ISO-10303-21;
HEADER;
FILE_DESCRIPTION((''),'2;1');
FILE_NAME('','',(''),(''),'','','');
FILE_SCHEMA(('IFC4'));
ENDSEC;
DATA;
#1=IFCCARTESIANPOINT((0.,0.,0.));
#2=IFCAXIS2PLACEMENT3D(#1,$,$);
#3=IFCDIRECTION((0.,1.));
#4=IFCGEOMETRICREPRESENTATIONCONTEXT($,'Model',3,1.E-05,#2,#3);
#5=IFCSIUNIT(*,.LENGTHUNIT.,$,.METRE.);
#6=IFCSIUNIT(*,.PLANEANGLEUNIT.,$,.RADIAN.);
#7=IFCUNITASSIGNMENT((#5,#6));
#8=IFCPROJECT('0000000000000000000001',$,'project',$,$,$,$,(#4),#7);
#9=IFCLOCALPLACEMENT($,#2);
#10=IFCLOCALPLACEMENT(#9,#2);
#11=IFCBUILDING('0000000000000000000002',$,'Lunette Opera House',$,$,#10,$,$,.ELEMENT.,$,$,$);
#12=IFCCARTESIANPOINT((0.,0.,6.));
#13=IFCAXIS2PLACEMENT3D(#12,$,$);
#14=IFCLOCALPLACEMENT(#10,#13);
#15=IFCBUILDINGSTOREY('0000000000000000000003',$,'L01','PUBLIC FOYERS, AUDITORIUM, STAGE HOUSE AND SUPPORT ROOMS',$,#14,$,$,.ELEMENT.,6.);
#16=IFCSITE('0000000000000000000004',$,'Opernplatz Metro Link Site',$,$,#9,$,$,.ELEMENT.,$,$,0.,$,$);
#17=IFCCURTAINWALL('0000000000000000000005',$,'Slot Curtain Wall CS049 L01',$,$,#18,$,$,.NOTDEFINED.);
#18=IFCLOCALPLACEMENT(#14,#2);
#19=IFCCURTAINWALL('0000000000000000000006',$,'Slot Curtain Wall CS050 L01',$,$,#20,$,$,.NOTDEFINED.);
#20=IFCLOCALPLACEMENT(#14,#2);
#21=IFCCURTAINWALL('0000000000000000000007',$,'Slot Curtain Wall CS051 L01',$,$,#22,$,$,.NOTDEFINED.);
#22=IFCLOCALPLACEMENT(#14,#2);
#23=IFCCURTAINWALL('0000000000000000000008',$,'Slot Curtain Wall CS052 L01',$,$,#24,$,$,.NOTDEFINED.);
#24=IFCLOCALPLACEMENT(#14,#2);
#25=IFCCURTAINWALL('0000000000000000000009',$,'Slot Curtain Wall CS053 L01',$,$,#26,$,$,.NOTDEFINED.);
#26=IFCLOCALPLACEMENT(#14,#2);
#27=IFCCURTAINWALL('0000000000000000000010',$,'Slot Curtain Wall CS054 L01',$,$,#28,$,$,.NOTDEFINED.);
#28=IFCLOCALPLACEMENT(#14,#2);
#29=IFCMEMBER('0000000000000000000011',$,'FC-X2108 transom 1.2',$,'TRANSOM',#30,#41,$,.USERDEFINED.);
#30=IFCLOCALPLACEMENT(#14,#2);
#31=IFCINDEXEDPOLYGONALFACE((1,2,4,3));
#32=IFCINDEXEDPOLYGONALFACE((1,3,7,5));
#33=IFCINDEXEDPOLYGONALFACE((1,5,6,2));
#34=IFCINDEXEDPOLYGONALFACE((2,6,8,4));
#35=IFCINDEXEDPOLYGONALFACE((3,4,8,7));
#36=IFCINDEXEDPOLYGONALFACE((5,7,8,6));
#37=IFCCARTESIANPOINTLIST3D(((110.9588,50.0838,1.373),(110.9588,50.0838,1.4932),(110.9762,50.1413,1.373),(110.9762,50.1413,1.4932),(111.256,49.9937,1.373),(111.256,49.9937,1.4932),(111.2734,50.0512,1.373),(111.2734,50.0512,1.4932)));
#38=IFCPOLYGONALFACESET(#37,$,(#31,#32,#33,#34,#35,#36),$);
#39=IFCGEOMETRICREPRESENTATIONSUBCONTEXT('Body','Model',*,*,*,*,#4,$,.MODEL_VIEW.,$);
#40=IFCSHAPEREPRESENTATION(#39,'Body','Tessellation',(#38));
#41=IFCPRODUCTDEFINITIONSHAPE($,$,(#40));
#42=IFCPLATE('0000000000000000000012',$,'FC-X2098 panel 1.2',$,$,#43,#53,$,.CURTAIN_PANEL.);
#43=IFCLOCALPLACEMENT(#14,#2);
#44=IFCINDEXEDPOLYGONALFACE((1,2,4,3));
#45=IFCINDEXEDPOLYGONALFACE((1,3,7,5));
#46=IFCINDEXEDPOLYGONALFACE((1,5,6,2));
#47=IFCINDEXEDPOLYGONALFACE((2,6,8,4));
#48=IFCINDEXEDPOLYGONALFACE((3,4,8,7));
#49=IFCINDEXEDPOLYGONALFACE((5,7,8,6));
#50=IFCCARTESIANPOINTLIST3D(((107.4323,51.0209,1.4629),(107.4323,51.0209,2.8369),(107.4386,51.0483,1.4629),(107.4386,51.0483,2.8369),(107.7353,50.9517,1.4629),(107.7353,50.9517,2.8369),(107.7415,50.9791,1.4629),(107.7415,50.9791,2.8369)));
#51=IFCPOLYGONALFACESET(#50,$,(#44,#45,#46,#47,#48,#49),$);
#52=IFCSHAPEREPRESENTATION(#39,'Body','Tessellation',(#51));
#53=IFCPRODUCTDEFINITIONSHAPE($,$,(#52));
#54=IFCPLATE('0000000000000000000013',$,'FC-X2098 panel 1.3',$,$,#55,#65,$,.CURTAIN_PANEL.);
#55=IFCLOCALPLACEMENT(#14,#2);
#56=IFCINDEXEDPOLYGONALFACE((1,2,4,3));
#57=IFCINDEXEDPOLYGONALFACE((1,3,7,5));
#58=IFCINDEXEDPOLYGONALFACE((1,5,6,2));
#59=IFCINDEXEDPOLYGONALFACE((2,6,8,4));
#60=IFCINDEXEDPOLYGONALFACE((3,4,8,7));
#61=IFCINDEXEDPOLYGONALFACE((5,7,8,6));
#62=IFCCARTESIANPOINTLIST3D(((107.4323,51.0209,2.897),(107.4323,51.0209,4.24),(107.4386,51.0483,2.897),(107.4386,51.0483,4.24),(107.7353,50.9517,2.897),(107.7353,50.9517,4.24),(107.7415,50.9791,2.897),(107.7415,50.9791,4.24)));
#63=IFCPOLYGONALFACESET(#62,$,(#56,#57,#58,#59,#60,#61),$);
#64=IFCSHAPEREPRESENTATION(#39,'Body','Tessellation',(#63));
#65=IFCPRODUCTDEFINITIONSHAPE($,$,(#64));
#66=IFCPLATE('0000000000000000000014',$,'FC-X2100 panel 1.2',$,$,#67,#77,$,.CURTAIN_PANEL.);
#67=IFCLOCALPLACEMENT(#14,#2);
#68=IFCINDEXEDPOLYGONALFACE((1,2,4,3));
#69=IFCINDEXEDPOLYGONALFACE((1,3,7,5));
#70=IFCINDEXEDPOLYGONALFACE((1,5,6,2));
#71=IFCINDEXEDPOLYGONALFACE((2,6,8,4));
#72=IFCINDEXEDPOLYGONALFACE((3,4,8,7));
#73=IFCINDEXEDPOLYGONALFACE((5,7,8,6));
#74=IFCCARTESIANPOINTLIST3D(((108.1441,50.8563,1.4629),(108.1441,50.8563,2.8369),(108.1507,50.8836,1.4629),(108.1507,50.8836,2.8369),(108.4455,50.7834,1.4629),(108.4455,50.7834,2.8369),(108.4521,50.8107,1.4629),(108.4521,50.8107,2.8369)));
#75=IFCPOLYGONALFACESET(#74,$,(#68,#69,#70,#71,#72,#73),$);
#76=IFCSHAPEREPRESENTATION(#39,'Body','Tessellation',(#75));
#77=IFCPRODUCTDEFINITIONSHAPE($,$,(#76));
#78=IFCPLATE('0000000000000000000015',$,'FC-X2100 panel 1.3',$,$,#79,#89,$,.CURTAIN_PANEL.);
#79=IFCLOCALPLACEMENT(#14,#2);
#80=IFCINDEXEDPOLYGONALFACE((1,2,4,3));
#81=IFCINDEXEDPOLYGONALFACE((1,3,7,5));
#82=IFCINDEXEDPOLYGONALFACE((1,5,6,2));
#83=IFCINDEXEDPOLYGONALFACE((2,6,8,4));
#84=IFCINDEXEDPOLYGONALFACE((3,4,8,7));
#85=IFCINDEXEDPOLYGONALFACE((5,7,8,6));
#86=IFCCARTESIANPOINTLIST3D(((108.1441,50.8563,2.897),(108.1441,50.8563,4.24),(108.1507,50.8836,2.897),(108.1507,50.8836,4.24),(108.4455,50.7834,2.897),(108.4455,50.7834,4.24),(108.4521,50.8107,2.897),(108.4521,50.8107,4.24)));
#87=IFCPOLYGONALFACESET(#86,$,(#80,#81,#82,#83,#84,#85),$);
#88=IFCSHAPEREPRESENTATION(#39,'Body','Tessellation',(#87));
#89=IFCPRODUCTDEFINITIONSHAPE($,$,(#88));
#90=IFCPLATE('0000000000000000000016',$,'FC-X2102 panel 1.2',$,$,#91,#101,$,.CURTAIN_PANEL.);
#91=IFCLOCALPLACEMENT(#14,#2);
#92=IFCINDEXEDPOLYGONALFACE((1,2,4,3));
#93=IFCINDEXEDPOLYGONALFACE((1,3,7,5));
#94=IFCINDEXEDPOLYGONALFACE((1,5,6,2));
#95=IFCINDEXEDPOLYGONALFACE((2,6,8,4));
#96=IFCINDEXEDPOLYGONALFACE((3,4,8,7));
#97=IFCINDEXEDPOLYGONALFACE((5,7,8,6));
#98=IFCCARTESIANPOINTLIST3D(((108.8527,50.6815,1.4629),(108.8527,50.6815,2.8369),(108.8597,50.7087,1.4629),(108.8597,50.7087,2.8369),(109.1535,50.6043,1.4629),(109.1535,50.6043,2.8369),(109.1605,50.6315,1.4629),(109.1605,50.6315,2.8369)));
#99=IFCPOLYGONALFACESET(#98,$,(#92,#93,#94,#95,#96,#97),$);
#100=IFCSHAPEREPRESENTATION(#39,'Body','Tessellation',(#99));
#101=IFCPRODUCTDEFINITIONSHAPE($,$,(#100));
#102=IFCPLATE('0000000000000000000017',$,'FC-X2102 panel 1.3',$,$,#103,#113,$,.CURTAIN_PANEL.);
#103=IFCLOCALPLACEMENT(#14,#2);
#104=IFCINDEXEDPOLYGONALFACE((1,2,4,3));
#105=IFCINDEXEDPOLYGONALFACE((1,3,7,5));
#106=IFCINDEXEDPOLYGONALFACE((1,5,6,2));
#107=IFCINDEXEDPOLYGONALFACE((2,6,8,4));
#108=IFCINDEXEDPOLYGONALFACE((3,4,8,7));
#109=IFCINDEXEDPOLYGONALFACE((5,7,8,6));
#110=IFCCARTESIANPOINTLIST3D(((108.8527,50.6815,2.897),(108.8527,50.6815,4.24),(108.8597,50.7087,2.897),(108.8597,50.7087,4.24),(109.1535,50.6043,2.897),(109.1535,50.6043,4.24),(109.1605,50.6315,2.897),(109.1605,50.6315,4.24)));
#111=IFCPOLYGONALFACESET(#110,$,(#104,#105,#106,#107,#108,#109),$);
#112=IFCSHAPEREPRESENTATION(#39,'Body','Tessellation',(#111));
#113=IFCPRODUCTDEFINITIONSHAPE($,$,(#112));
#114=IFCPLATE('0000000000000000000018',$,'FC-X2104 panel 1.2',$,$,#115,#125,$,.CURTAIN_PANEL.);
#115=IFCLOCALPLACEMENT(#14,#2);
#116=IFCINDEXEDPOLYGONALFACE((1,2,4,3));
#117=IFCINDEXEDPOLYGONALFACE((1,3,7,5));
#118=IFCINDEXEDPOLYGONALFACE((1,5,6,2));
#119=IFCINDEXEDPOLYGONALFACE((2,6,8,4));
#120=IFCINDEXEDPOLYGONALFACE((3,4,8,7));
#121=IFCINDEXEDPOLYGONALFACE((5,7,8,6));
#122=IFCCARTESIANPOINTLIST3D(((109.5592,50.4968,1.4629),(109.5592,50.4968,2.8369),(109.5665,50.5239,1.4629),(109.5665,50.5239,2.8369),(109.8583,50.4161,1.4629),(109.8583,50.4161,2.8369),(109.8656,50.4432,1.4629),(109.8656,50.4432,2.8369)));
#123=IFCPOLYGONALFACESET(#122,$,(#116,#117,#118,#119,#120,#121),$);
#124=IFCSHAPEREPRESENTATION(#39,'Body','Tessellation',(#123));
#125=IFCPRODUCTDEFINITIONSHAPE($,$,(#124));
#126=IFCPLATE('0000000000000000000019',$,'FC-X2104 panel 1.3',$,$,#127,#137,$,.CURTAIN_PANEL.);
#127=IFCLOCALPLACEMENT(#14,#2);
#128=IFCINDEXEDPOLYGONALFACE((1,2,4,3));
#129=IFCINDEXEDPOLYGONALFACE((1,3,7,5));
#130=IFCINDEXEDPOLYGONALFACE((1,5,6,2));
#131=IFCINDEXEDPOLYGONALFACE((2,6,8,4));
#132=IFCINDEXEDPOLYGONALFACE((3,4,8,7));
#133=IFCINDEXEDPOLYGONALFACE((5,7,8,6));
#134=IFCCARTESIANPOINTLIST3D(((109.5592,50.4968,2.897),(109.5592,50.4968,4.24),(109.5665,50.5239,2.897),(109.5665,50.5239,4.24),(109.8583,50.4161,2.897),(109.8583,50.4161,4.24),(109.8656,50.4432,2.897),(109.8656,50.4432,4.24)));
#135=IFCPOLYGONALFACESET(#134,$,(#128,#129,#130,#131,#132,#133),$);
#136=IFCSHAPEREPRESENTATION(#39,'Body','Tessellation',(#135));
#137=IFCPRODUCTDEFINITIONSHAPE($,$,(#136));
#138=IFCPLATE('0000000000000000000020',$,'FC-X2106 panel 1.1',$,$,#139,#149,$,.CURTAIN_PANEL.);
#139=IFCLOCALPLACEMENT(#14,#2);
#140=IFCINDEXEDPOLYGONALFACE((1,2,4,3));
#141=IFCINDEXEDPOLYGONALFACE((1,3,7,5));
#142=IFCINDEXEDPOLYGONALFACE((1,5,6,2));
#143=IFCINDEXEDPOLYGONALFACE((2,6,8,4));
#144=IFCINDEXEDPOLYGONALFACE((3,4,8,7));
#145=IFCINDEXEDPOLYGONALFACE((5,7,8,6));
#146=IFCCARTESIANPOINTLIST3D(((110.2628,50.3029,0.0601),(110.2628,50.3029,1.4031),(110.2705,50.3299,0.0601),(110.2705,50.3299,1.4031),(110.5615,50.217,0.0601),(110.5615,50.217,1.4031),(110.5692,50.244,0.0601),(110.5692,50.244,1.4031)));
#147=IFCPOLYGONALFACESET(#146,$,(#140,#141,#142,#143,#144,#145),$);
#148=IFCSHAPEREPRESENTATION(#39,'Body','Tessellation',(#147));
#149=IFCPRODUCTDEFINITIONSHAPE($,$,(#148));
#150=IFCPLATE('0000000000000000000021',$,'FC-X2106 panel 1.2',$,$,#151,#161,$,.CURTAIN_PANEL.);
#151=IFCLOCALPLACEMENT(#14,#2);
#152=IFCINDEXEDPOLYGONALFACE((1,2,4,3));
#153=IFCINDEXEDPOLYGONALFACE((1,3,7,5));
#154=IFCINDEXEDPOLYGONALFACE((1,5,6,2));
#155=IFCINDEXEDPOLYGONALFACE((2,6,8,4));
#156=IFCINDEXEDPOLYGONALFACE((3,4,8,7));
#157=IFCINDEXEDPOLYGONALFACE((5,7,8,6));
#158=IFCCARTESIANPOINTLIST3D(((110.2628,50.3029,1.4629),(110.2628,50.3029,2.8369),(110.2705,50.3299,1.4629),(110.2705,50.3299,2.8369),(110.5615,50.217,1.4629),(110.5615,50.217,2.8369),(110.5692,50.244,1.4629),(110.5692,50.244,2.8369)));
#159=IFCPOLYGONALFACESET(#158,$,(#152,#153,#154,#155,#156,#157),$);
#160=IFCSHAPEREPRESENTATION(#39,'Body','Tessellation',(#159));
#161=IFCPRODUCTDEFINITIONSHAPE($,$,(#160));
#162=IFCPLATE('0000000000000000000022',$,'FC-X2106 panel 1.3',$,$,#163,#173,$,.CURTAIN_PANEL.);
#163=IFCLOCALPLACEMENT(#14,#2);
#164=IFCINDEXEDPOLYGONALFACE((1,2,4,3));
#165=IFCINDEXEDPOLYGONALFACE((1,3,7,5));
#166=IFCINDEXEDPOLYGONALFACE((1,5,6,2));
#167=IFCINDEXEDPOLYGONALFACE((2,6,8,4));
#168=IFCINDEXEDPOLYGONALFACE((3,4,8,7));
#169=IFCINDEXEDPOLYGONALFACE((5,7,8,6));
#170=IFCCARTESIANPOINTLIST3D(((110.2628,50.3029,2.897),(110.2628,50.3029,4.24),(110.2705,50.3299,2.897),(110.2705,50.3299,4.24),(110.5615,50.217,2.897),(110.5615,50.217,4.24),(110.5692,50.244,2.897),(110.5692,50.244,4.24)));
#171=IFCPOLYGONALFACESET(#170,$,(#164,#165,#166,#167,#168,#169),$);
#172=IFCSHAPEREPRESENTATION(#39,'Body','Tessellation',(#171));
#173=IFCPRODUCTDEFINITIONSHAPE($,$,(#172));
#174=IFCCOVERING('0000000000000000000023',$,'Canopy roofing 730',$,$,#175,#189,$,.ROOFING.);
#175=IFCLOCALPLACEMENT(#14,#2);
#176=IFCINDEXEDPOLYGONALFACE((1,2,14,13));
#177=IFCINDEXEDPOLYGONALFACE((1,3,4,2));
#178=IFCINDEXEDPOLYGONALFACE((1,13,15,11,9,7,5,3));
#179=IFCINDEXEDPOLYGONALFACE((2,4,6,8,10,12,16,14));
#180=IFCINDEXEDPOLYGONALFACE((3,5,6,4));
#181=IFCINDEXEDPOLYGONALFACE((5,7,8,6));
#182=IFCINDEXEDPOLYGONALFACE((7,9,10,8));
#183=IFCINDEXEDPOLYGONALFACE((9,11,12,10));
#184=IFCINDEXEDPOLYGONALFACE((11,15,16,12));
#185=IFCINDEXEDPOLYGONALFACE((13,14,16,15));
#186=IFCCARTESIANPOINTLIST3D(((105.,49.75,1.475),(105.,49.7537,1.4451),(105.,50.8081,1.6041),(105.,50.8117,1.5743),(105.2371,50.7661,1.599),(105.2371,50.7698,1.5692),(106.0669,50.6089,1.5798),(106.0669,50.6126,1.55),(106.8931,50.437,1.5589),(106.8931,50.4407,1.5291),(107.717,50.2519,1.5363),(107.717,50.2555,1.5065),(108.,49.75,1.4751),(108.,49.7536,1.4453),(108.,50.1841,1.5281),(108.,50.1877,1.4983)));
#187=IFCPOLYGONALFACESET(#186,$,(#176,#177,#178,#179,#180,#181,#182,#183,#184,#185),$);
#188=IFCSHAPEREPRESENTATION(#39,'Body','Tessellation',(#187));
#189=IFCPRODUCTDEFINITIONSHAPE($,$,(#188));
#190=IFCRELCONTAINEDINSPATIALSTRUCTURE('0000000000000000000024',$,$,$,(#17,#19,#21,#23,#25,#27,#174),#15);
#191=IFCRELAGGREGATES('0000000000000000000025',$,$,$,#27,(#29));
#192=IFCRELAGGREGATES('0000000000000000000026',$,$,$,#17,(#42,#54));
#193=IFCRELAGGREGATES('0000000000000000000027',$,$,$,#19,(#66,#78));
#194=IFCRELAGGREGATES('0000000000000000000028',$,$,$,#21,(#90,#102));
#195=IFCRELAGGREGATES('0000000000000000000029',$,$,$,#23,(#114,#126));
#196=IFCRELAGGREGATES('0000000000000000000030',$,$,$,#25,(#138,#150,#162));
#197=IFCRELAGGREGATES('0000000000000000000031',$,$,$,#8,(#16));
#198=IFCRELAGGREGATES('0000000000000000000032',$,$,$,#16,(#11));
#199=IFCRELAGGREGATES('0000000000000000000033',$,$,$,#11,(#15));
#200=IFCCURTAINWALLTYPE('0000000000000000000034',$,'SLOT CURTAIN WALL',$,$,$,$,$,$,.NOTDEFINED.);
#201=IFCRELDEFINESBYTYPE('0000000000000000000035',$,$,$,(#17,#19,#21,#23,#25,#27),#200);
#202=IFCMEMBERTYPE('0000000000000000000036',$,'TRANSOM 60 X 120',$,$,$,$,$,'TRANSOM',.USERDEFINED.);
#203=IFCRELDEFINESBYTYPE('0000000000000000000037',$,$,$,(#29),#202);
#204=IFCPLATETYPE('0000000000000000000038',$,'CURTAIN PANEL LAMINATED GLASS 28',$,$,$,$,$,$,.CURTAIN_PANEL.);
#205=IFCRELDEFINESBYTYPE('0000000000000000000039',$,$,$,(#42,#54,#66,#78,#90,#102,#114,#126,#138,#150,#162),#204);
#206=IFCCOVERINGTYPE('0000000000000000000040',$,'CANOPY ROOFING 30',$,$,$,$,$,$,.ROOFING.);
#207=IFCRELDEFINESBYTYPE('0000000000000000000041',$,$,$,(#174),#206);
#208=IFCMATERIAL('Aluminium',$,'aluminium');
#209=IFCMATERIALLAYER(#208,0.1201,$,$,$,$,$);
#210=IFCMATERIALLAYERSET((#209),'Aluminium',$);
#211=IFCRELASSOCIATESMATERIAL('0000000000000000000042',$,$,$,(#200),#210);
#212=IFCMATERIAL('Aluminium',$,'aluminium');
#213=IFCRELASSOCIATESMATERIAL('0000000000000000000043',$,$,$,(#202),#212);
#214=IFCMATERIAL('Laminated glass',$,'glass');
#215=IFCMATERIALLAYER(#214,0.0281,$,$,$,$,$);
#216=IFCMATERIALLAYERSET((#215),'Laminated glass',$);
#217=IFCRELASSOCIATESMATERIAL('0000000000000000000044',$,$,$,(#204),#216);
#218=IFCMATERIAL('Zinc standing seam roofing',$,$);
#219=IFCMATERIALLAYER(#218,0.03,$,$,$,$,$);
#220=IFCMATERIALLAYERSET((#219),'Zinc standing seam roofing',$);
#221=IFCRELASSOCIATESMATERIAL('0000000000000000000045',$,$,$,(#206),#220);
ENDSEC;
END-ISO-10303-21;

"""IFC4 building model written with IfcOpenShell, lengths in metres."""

from ifc_helpers import new_model, si_unit, direction, frame, origin, origin_2d, place, context, subcontext, project, spatial, polyline, rectangle, outline, extrude, material, layer, layer_set, material_profile, profile_set, type_object, element, aggregate, save


model = new_model("IFC4")

# Units and contexts
model_context = context("Model", 3, precision=1e-05, world=origin(), true_north=direction((0.0, 1.0)))
body_context = subcontext(model_context, "Body", "Model", "MODEL_VIEW")
ifc_project = project(units=[si_unit("LENGTHUNIT", "METRE"), si_unit("PLANEANGLEUNIT", "RADIAN")], contexts=[model_context])

# Site, building, storey
site_placement = place(None, origin())
site = spatial("IfcSite", under=ifc_project, at=site_placement, Name="Opernplatz Metro Link Site", CompositionType="ELEMENT", RefElevation=0.0)
building_placement = place(site_placement, origin())
building = spatial("IfcBuilding", under=site, at=building_placement, Name="Lunette Opera House", CompositionType="ELEMENT")
storey_placement = place(building_placement, frame((0.0, 0.0, 6.0)))
storey = spatial("IfcBuildingStorey", under=building, at=storey_placement, Name="L01", Description="PUBLIC FOYERS, AUDITORIUM, STAGE HOUSE AND SUPPORT ROOMS", CompositionType="ELEMENT", Elevation=6.0)

# Curtain walls
ifc_material_1 = material(Name="Aluminium", Category="aluminium")
ifc_layer_1 = layer(ifc_material_1, 0.1201)
ifc_layer_set_1 = layer_set([ifc_layer_1], Name="Aluminium")
curtain_wall_type = type_object("IfcCurtainWallType", Name="SLOT CURTAIN WALL", PredefinedType="NOTDEFINED", material=ifc_layer_set_1)
curtain_wall_1_placement = place(storey_placement, origin())
curtain_wall_1 = element("IfcCurtainWall", 1, at=curtain_wall_1_placement, inside=storey, type_object=curtain_wall_type, Name="Slot Curtain Wall CS049 L01", PredefinedType="NOTDEFINED")
ifc_material_2 = material(Name="Aluminium", Category="aluminium")
ifc_material_profile = material_profile(ifc_material_2, rectangle(XDim=0.0601, YDim=0.1201, at=origin_2d()), Name="TRANSOM 60 X 120")
ifc_profile_set = profile_set([ifc_material_profile], Name="Aluminium")
member_type = type_object("IfcMemberType", Name="TRANSOM 60 X 120", ElementType="TRANSOM", PredefinedType="USERDEFINED", material=ifc_profile_set)
curtain_wall_2_placement = place(storey_placement, origin())
curtain_wall_2 = element("IfcCurtainWall", 2, at=curtain_wall_2_placement, inside=storey, type_object=curtain_wall_type, Name="Slot Curtain Wall CS050 L01", PredefinedType="NOTDEFINED")
curtain_wall_3_placement = place(storey_placement, origin())
curtain_wall_3 = element("IfcCurtainWall", 3, at=curtain_wall_3_placement, inside=storey, type_object=curtain_wall_type, Name="Slot Curtain Wall CS051 L01", PredefinedType="NOTDEFINED")
curtain_wall_4_placement = place(storey_placement, origin())
curtain_wall_4 = element("IfcCurtainWall", 4, at=curtain_wall_4_placement, inside=storey, type_object=curtain_wall_type, Name="Slot Curtain Wall CS052 L01", PredefinedType="NOTDEFINED")
curtain_wall_5_placement = place(storey_placement, origin())
curtain_wall_5 = element("IfcCurtainWall", 5, at=curtain_wall_5_placement, inside=storey, type_object=curtain_wall_type, Name="Slot Curtain Wall CS053 L01", PredefinedType="NOTDEFINED")

# Curtain wall, member
curtain_wall_6_placement = place(storey_placement, origin())
curtain_wall_6 = element("IfcCurtainWall", 6, at=curtain_wall_6_placement, inside=storey, type_object=curtain_wall_type, Name="Slot Curtain Wall CS054 L01", PredefinedType="NOTDEFINED")
member_1_placement = place(storey_placement, frame((110.9675, 50.1125, 1.4331), z_axis=(0.956978, -0.29016, 0.0), x_axis=(0.29016, 0.956978, 0.0)))
member_1 = element("IfcMember", 7, at=member_1_placement, type_object=member_type, Name="FC-X2108 transom 1.2", ObjectType="TRANSOM", PredefinedType="USERDEFINED", context=body_context, shape_type="SweptSolid", body=[
    extrude(rectangle(XDim=0.0601, YDim=0.1201, at=origin_2d()), origin(), (0.0, 0.0, 1.0), 0.3105),
])
aggregate(curtain_wall_6, [member_1])

# Plates
ifc_material_3 = material(Name="Laminated glass", Category="glass")
ifc_layer_2 = layer(ifc_material_3, 0.0281)
ifc_layer_set_2 = layer_set([ifc_layer_2], Name="Laminated glass")
plate_type = type_object("IfcPlateType", Name="CURTAIN PANEL LAMINATED GLASS 28", PredefinedType="CURTAIN_PANEL", material=ifc_layer_set_2)
plate_1_placement = place(storey_placement, frame((107.5869, 51.0, 1.4629), z_axis=(0.0, 0.0, 1.0), x_axis=(0.974859, -0.222825, 0.0)))
plate_1 = element("IfcPlate", 8, at=plate_1_placement, type_object=plate_type, Name="FC-X2098 panel 1.2", PredefinedType="CURTAIN_PANEL", context=body_context, shape_type="SweptSolid", body=[
    extrude(rectangle(XDim=0.3108, YDim=0.0281, at=origin_2d()), origin(), (0.0, 0.0, 1.0), 1.374),
])
plate_2_placement = place(storey_placement, frame((107.5869, 51.0, 2.897), z_axis=(0.0, 0.0, 1.0), x_axis=(0.974859, -0.222825, 0.0)))
plate_2 = element("IfcPlate", 9, at=plate_2_placement, type_object=plate_type, Name="FC-X2098 panel 1.3", PredefinedType="CURTAIN_PANEL", context=body_context, shape_type="SweptSolid", body=[
    extrude(rectangle(XDim=0.3108, YDim=0.0281, at=origin_2d()), origin(), (0.0, 0.0, 1.0), 1.343),
])
aggregate(curtain_wall_1, [plate_1, plate_2])
plate_3_placement = place(storey_placement, frame((108.2981, 50.8335, 1.4629), z_axis=(0.0, 0.0, 1.0), x_axis=(0.972027, -0.234868, 0.0)))
plate_3 = element("IfcPlate", 10, at=plate_3_placement, type_object=plate_type, Name="FC-X2100 panel 1.2", PredefinedType="CURTAIN_PANEL", context=body_context, shape_type="SweptSolid", body=[
    extrude(rectangle(XDim=0.3101, YDim=0.0281, at=origin_2d()), origin(), (0.0, 0.0, 1.0), 1.374),
])
plate_4_placement = place(storey_placement, frame((108.2981, 50.8335, 2.897), z_axis=(0.0, 0.0, 1.0), x_axis=(0.972027, -0.234868, 0.0)))
plate_4 = element("IfcPlate", 11, at=plate_4_placement, type_object=plate_type, Name="FC-X2100 panel 1.3", PredefinedType="CURTAIN_PANEL", context=body_context, shape_type="SweptSolid", body=[
    extrude(rectangle(XDim=0.3101, YDim=0.0281, at=origin_2d()), origin(), (0.0, 0.0, 1.0), 1.343),
])
aggregate(curtain_wall_2, [plate_3, plate_4])
plate_5_placement = place(storey_placement, frame((109.0066, 50.6565, 1.4629), z_axis=(0.0, 0.0, 1.0), x_axis=(0.968621, -0.248543, 0.0)))
plate_5 = element("IfcPlate", 12, at=plate_5_placement, type_object=plate_type, Name="FC-X2102 panel 1.2", PredefinedType="CURTAIN_PANEL", context=body_context, shape_type="SweptSolid", body=[
    extrude(rectangle(XDim=0.3105, YDim=0.0281, at=origin_2d()), origin(), (0.0, 0.0, 1.0), 1.374),
])
plate_6_placement = place(storey_placement, frame((109.0066, 50.6565, 2.897), z_axis=(0.0, 0.0, 1.0), x_axis=(0.968621, -0.248543, 0.0)))
plate_6 = element("IfcPlate", 13, at=plate_6_placement, type_object=plate_type, Name="FC-X2102 panel 1.3", PredefinedType="CURTAIN_PANEL", context=body_context, shape_type="SweptSolid", body=[
    extrude(rectangle(XDim=0.3105, YDim=0.0281, at=origin_2d()), origin(), (0.0, 0.0, 1.0), 1.343),
])
aggregate(curtain_wall_3, [plate_5, plate_6])
plate_7_placement = place(storey_placement, frame((109.7124, 50.47, 1.4629), z_axis=(0.0, 0.0, 1.0), x_axis=(0.965458, -0.260557, 0.0)))
plate_7 = element("IfcPlate", 14, at=plate_7_placement, type_object=plate_type, Name="FC-X2104 panel 1.2", PredefinedType="CURTAIN_PANEL", context=body_context, shape_type="SweptSolid", body=[
    extrude(rectangle(XDim=0.3098, YDim=0.0281, at=origin_2d()), origin(), (0.0, 0.0, 1.0), 1.374),
])
plate_8_placement = place(storey_placement, frame((109.7124, 50.47, 2.897), z_axis=(0.0, 0.0, 1.0), x_axis=(0.965458, -0.260557, 0.0)))
plate_8 = element("IfcPlate", 15, at=plate_8_placement, type_object=plate_type, Name="FC-X2104 panel 1.3", PredefinedType="CURTAIN_PANEL", context=body_context, shape_type="SweptSolid", body=[
    extrude(rectangle(XDim=0.3098, YDim=0.0281, at=origin_2d()), origin(), (0.0, 0.0, 1.0), 1.343),
])
aggregate(curtain_wall_4, [plate_7, plate_8])
plate_9_placement = place(storey_placement, frame((110.416, 50.2734, 0.0601), z_axis=(0.0, 0.0, 1.0), x_axis=(0.961085, -0.276254, 0.0)))
plate_9 = element("IfcPlate", 16, at=plate_9_placement, type_object=plate_type, Name="FC-X2106 panel 1.1", PredefinedType="CURTAIN_PANEL", context=body_context, shape_type="SweptSolid", body=[
    extrude(rectangle(XDim=0.3108, YDim=0.0281, at=origin_2d()), origin(), (0.0, 0.0, 1.0), 1.343),
])
plate_10_placement = place(storey_placement, frame((110.416, 50.2734, 1.4629), z_axis=(0.0, 0.0, 1.0), x_axis=(0.961085, -0.276254, 0.0)))
plate_10 = element("IfcPlate", 17, at=plate_10_placement, type_object=plate_type, Name="FC-X2106 panel 1.2", PredefinedType="CURTAIN_PANEL", context=body_context, shape_type="SweptSolid", body=[
    extrude(rectangle(XDim=0.3108, YDim=0.0281, at=origin_2d()), origin(), (0.0, 0.0, 1.0), 1.374),
])
plate_11_placement = place(storey_placement, frame((110.416, 50.2734, 2.897), z_axis=(0.0, 0.0, 1.0), x_axis=(0.961085, -0.276254, 0.0)))
plate_11 = element("IfcPlate", 18, at=plate_11_placement, type_object=plate_type, Name="FC-X2106 panel 1.3", PredefinedType="CURTAIN_PANEL", context=body_context, shape_type="SweptSolid", body=[
    extrude(rectangle(XDim=0.3108, YDim=0.0281, at=origin_2d()), origin(), (0.0, 0.0, 1.0), 1.343),
])
aggregate(curtain_wall_5, [plate_9, plate_10, plate_11])

# Covering
ifc_material_4 = material(Name="Zinc standing seam roofing")
ifc_layer_3 = layer(ifc_material_4, 0.03)
ifc_layer_set_3 = layer_set([ifc_layer_3], Name="Zinc standing seam roofing")
covering_type = type_object("IfcCoveringType", Name="CANOPY ROOFING 30", PredefinedType="ROOFING", material=ifc_layer_set_3)
covering_placement = place(storey_placement, frame((108.0, 49.75, 1.4751), z_axis=(-0.000048, -0.12113, 0.992637), x_axis=(-1.0, 0.000006, -0.000047)))
element("IfcCovering", 19, at=covering_placement, inside=storey, type_object=covering_type, Name="Canopy roofing 730", PredefinedType="ROOFING", context=body_context, shape_type="SweptSolid", body=[
    extrude(outline(polyline([(0.0, 0.0), (3.0, 0.0), (3.0, -1.0659), (2.7629, -1.0237), (1.9331, -0.8653), (1.1069, -0.6921), (0.283, -0.5056), (0.0, -0.4373), (0.0, 0.0)])), origin(), (0.0, 0.0, -1.0), 0.03),
])

save(model, "model.ifc")
